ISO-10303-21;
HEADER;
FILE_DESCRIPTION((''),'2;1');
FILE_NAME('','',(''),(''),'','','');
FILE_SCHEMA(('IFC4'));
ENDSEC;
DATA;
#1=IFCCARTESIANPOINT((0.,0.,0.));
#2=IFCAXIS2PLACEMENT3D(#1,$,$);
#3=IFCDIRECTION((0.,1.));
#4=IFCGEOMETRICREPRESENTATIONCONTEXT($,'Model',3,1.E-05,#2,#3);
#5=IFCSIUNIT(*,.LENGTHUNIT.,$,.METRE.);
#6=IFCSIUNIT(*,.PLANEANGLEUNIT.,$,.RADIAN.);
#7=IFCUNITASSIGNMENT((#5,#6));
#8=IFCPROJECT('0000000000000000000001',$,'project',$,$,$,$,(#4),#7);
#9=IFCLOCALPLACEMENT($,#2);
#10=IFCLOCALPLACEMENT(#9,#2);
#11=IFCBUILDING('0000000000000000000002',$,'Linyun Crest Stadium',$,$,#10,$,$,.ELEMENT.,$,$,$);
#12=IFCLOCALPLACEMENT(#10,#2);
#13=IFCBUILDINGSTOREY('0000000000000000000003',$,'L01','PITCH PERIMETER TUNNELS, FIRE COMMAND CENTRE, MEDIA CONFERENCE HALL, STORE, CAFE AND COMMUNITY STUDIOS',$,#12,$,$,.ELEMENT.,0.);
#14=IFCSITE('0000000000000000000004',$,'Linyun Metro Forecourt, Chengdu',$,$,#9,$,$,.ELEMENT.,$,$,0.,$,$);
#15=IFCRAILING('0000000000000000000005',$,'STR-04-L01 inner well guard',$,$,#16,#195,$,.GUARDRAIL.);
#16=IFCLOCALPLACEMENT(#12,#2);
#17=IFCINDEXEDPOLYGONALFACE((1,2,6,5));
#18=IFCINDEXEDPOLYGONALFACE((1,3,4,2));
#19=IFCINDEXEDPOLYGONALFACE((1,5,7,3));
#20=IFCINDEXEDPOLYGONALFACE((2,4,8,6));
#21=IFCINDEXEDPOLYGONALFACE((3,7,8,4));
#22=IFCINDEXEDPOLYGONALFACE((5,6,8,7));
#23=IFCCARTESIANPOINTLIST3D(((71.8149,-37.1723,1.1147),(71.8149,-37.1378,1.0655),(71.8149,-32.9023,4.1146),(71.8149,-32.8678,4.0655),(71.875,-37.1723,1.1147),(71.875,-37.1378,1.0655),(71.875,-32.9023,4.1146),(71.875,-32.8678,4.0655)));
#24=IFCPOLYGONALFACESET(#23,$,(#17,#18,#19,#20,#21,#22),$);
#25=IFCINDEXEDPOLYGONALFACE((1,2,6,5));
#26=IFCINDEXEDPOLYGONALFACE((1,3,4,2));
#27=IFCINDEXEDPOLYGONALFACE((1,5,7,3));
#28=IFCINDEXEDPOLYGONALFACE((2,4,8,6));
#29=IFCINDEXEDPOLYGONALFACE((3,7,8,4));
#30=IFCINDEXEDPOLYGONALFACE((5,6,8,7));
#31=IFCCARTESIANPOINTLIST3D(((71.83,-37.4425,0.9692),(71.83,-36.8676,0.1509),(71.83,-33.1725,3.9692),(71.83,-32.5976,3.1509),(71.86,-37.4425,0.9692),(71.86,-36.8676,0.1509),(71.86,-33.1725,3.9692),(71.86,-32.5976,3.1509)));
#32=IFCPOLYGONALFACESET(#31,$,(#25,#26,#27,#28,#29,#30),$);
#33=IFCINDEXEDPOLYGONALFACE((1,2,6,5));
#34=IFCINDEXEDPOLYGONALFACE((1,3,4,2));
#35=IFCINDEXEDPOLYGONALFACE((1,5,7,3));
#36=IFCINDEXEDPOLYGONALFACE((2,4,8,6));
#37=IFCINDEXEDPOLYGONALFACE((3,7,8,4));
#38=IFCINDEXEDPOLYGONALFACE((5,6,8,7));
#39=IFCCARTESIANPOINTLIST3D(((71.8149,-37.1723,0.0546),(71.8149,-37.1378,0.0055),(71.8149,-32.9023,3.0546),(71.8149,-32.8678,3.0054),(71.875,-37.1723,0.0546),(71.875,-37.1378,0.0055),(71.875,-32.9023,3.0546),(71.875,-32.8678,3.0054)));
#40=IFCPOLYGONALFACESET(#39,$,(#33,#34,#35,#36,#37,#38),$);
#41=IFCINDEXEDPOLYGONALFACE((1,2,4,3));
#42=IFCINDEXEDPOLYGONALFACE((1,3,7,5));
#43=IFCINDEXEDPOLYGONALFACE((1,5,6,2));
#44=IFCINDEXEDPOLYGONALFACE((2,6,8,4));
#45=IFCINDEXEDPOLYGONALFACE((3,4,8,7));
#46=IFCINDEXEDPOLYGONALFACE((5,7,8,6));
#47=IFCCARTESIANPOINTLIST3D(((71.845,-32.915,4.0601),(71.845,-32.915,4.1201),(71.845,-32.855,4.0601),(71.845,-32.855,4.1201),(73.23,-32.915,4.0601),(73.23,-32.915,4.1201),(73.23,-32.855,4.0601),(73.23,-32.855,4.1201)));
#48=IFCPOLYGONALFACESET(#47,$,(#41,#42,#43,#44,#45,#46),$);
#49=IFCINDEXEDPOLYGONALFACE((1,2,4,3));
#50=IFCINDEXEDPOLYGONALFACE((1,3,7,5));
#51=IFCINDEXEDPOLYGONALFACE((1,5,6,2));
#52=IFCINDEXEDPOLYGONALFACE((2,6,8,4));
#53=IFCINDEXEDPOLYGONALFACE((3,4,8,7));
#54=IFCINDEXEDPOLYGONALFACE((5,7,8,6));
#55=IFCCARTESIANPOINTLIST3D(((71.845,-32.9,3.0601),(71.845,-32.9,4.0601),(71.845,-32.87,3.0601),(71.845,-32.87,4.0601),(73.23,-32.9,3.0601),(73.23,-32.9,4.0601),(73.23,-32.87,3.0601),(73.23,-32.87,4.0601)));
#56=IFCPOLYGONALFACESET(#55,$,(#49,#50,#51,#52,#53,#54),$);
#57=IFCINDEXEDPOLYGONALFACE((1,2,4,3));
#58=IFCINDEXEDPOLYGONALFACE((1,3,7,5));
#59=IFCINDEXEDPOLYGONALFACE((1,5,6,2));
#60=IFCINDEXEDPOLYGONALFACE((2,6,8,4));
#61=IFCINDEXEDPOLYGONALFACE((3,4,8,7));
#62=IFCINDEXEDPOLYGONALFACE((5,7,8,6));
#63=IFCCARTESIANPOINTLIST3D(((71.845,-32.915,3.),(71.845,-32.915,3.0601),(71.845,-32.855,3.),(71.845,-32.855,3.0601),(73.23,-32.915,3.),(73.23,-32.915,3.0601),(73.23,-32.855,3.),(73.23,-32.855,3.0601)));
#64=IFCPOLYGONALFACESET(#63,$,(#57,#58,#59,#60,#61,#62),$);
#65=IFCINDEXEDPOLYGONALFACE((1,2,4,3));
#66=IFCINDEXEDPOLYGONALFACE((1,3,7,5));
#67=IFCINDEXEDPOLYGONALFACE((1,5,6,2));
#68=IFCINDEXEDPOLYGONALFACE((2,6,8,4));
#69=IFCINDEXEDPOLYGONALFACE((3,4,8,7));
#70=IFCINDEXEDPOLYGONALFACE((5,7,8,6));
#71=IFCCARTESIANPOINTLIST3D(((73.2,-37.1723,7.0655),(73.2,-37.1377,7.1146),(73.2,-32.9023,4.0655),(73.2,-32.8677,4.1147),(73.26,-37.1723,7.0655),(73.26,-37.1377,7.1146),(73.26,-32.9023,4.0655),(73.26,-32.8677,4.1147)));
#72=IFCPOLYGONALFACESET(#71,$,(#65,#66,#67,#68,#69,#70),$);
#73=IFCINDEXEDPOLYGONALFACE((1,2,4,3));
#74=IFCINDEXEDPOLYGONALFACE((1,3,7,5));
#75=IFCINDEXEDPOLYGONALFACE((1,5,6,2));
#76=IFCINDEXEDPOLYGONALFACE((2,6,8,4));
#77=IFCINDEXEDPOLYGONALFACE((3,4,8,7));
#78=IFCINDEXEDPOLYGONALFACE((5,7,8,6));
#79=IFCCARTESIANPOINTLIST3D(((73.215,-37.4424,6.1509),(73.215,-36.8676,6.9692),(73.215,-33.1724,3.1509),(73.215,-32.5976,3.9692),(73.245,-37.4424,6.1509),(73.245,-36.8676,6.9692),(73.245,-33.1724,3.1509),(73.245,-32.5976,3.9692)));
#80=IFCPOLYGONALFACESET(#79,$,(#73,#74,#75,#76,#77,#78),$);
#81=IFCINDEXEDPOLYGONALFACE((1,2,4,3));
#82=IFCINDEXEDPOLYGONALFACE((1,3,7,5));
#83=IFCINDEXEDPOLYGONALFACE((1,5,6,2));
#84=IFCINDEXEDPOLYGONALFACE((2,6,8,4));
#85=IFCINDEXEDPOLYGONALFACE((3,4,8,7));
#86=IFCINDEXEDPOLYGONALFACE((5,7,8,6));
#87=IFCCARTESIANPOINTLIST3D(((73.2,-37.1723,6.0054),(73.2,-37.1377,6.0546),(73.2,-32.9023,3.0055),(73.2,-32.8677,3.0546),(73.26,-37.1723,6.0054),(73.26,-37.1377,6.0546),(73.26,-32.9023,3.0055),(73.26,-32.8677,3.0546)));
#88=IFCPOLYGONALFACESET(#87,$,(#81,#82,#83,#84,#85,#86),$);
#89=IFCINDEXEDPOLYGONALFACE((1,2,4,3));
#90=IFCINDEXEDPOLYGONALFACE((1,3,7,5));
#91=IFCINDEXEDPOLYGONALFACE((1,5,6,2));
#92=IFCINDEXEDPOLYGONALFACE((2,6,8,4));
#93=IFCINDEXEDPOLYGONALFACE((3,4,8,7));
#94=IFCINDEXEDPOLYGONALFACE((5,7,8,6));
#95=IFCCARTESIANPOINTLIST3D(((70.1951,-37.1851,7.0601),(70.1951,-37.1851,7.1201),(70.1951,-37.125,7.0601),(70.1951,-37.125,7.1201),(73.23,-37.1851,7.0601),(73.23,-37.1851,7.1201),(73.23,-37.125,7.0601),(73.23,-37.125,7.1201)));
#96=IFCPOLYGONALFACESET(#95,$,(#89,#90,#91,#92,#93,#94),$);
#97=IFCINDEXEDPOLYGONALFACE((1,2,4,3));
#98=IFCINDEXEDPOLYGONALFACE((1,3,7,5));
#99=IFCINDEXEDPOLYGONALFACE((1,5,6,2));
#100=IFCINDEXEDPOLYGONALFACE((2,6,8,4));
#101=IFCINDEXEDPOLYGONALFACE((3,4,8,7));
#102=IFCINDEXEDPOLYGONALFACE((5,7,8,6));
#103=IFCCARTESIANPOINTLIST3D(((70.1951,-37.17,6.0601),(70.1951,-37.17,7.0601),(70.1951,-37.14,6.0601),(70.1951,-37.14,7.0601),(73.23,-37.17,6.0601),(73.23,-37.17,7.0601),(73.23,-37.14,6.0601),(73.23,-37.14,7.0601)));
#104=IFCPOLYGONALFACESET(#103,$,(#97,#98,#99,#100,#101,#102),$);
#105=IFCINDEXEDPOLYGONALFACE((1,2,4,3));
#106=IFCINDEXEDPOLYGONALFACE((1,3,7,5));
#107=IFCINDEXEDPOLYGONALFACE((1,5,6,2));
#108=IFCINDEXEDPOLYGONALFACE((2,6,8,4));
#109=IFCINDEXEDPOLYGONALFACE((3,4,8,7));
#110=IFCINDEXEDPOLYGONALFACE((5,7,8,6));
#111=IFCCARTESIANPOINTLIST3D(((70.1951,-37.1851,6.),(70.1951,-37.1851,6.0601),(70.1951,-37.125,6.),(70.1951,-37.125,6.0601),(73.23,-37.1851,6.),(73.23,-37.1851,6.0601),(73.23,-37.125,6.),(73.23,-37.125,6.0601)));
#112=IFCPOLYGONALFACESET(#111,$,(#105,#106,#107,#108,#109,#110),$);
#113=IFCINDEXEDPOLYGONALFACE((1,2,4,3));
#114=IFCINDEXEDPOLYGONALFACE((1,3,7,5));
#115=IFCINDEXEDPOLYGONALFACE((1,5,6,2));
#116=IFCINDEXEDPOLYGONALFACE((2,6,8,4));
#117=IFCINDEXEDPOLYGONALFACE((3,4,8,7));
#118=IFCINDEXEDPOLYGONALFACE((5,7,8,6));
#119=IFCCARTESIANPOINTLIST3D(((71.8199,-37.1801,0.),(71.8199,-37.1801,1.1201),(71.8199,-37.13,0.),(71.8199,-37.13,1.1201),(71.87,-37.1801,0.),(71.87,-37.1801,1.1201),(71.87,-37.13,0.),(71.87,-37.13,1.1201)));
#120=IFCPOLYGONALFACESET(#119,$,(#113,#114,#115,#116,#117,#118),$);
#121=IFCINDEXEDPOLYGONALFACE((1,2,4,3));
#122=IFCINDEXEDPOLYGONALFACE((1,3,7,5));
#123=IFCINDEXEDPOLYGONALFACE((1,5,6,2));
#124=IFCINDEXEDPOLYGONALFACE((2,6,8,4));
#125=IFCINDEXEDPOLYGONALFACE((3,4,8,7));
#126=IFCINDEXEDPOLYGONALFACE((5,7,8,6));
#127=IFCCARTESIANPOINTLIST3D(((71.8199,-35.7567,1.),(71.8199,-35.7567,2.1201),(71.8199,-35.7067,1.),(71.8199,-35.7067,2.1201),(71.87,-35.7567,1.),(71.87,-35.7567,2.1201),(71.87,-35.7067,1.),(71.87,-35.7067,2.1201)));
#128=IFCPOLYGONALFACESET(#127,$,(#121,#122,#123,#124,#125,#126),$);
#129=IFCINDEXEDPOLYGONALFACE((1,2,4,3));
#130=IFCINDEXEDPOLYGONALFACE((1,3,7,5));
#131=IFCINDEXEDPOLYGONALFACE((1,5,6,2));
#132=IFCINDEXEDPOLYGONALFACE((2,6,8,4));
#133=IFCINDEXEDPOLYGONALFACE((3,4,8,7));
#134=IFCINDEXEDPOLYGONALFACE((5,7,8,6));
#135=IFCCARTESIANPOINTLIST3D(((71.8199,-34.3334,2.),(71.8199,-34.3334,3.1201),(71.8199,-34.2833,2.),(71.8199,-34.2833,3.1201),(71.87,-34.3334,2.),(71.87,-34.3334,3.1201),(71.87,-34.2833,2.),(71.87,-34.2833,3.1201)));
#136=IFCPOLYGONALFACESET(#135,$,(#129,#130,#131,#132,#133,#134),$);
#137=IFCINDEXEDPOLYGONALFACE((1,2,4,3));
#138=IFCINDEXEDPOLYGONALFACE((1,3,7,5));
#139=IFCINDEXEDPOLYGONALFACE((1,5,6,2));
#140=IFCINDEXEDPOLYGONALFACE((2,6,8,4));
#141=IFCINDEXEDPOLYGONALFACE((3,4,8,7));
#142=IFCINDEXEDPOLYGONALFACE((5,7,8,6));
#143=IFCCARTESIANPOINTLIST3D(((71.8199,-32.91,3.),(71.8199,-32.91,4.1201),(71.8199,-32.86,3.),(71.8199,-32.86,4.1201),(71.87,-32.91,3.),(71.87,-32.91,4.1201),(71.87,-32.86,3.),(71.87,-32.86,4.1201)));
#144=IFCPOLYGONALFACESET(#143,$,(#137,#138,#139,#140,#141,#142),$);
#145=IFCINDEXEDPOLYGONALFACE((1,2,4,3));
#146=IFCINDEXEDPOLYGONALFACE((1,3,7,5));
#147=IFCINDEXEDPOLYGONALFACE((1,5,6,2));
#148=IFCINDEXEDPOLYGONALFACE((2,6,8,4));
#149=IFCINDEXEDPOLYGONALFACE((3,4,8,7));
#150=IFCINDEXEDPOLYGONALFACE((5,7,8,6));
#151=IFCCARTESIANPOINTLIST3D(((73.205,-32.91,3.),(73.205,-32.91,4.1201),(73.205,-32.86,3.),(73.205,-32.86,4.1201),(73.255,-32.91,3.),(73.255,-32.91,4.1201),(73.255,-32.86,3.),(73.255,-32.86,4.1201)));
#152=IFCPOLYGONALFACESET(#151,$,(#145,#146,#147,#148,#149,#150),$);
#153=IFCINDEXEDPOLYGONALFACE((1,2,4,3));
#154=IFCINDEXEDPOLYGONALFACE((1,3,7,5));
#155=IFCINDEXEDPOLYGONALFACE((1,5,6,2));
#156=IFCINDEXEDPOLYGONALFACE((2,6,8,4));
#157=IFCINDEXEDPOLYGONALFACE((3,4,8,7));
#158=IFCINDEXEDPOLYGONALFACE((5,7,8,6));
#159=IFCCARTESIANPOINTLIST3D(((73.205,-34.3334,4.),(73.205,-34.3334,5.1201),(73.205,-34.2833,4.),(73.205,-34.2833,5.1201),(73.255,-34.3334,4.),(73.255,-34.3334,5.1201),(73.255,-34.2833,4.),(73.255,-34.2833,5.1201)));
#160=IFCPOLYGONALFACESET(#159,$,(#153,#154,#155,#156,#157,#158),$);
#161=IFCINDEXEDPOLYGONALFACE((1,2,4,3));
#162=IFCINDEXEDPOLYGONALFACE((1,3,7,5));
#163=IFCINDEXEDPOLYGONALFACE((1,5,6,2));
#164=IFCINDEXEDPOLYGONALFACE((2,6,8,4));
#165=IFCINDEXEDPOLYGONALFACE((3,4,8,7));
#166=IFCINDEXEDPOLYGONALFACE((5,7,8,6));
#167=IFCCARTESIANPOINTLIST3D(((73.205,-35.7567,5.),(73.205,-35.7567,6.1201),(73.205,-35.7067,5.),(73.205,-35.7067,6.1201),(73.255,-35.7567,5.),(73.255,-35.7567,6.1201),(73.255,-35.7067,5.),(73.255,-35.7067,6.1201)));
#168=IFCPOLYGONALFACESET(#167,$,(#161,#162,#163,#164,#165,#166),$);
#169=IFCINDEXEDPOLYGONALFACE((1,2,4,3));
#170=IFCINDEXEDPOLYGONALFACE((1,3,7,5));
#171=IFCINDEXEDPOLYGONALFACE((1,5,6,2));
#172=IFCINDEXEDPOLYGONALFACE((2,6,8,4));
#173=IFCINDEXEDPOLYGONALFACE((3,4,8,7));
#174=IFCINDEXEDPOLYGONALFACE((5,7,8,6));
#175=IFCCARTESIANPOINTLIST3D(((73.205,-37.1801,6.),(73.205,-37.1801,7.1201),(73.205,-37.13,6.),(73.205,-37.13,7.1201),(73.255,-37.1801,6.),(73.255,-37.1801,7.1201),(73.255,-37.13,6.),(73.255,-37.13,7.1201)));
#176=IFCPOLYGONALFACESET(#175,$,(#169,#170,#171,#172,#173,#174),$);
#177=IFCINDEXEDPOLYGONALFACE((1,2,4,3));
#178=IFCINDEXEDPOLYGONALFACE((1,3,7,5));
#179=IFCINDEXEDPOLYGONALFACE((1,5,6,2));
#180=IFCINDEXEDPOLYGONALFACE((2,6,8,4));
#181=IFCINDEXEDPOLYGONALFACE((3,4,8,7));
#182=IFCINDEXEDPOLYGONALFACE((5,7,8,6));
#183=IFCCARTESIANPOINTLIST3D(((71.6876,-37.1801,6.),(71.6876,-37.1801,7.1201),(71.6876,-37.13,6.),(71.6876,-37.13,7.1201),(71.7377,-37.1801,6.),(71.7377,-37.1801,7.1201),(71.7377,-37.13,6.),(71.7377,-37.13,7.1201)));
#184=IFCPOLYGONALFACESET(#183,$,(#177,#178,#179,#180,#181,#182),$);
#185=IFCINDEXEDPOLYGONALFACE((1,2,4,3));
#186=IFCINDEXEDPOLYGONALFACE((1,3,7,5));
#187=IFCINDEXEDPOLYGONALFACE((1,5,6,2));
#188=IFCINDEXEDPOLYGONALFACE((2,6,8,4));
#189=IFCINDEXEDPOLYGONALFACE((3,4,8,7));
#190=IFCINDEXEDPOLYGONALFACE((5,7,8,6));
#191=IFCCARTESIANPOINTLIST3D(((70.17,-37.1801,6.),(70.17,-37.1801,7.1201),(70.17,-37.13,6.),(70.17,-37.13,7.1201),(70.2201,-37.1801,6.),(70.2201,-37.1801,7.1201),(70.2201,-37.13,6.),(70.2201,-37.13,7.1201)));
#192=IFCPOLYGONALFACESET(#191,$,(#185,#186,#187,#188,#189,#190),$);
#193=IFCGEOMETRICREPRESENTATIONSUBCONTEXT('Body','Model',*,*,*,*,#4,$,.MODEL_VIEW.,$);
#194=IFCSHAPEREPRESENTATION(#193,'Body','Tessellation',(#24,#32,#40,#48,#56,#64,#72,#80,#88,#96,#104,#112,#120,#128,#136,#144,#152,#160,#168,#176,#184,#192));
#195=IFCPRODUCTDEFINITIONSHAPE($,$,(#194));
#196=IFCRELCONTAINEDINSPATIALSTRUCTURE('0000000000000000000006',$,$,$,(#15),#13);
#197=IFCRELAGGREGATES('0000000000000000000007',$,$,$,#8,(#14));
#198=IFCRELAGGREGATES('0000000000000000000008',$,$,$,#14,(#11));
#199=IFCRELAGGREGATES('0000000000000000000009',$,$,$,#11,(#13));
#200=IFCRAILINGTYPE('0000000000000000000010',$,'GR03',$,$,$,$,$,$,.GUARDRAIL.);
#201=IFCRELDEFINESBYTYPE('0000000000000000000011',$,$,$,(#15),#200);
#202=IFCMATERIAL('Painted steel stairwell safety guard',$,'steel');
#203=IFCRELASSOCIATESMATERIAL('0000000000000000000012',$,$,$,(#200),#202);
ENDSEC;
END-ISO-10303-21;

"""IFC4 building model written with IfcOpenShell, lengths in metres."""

from ifc_helpers import new_model, si_unit, direction, frame, origin, origin_2d, place, context, subcontext, project, spatial, rectangle, extrude, material, type_object, element, save


model = new_model("IFC4")

# Units and contexts
model_context = context("Model", 3, precision=1e-05, world=origin(), true_north=direction((0.0, 1.0)))
body_context = subcontext(model_context, "Body", "Model", "MODEL_VIEW")
ifc_project = project(units=[si_unit("LENGTHUNIT", "METRE"), si_unit("PLANEANGLEUNIT", "RADIAN")], contexts=[model_context])

# Site, building, storey
site_placement = place(None, origin())
site = spatial("IfcSite", under=ifc_project, at=site_placement, Name="Linyun Metro Forecourt, Chengdu", CompositionType="ELEMENT", RefElevation=0.0)
building_placement = place(site_placement, origin())
building = spatial("IfcBuilding", under=site, at=building_placement, Name="Linyun Crest Stadium", CompositionType="ELEMENT")
storey_placement = place(building_placement, origin())
storey = spatial("IfcBuildingStorey", under=building, at=storey_placement, Name="L01", Description="PITCH PERIMETER TUNNELS, FIRE COMMAND CENTRE, MEDIA CONFERENCE HALL, STORE, CAFE AND COMMUNITY STUDIOS", CompositionType="ELEMENT", Elevation=0.0)

# Railing
ifc_material_1 = material(Name="Painted steel stairwell safety guard", Category="steel")
railing_type_1 = type_object("IfcRailingType", Name="GR03", PredefinedType="GUARDRAIL", material=ifc_material_1)
railing_1_placement = place(storey_placement, frame((71.845, -37.155, 0.0)))
element("IfcRailing", 1, at=railing_1_placement, inside=storey, type_object=railing_type_1, Name="STR-04-L01 inner well guard", PredefinedType="GUARDRAIL", context=body_context, shape_type="SweptSolid", body=[
    extrude(rectangle(XDim=0.0601, YDim=0.0601, at=origin_2d()), frame((0.0, 0.0, 1.0901), z_axis=(0.0, 0.818242, 0.574874), x_axis=(-1.0, 0.0, 0.0)), (0.0, 0.0, 1.0), 5.2185),
    extrude(rectangle(XDim=0.03, YDim=1.0, at=origin_2d()), frame((0.0, 0.0, 0.5601), z_axis=(0.0, 0.818242, 0.574874), x_axis=(-1.0, 0.0, 0.0)), (0.0, 0.0, 1.0), 5.2185),
    extrude(rectangle(XDim=0.0601, YDim=0.0601, at=origin_2d()), frame((0.0, 0.0, 0.03), z_axis=(0.0, 0.818242, 0.574874), x_axis=(-1.0, 0.0, 0.0)), (0.0, 0.0, 1.0), 5.2185),
    extrude(rectangle(XDim=0.0601, YDim=0.0601, at=origin_2d()), frame((0.0, 4.27, 4.0901), z_axis=(1.0, 0.0, 0.0), x_axis=(0.0, 1.0, 0.0)), (0.0, 0.0, 1.0), 1.385),
    extrude(rectangle(XDim=0.03, YDim=1.0, at=origin_2d()), frame((0.0, 4.27, 3.5601), z_axis=(1.0, 0.0, 0.0), x_axis=(0.0, 1.0, 0.0)), (0.0, 0.0, 1.0), 1.385),
    extrude(rectangle(XDim=0.0601, YDim=0.0601, at=origin_2d()), frame((0.0, 4.27, 3.03), z_axis=(1.0, 0.0, 0.0), x_axis=(0.0, 1.0, 0.0)), (0.0, 0.0, 1.0), 1.385),
    extrude(rectangle(XDim=0.0601, YDim=0.0601, at=origin_2d()), frame((1.385, 4.27, 4.0901), z_axis=(0.0, -0.818242, 0.574874), x_axis=(1.0, 0.0, 0.0)), (0.0, 0.0, 1.0), 5.2185),
    extrude(rectangle(XDim=0.03, YDim=1.0, at=origin_2d()), frame((1.385, 4.27, 3.5601), z_axis=(0.0, -0.818242, 0.574874), x_axis=(1.0, 0.0, 0.0)), (0.0, 0.0, 1.0), 5.2185),
    extrude(rectangle(XDim=0.0601, YDim=0.0601, at=origin_2d()), frame((1.385, 4.27, 3.03), z_axis=(0.0, -0.818242, 0.574874), x_axis=(1.0, 0.0, 0.0)), (0.0, 0.0, 1.0), 5.2185),
    extrude(rectangle(XDim=0.0601, YDim=0.0601, at=origin_2d()), frame((1.385, 0.0, 7.0901), z_axis=(-1.0, 0.0, 0.0), x_axis=(0.0, -1.0, 0.0)), (0.0, 0.0, 1.0), 3.0349),
    extrude(rectangle(XDim=0.03, YDim=1.0, at=origin_2d()), frame((1.385, 0.0, 6.5601), z_axis=(-1.0, 0.0, 0.0), x_axis=(0.0, -1.0, 0.0)), (0.0, 0.0, 1.0), 3.0349),
    extrude(rectangle(XDim=0.0601, YDim=0.0601, at=origin_2d()), frame((1.385, 0.0, 6.03), z_axis=(-1.0, 0.0, 0.0), x_axis=(0.0, -1.0, 0.0)), (0.0, 0.0, 1.0), 3.0349),
    extrude(rectangle(XDim=0.05, YDim=0.05, at=origin_2d()), origin(), (0.0, 0.0, 1.0), 1.1201),
    extrude(rectangle(XDim=0.05, YDim=0.05, at=origin_2d()), frame((0.0, 1.4233, 1.0)), (0.0, 0.0, 1.0), 1.1201),
    extrude(rectangle(XDim=0.05, YDim=0.05, at=origin_2d()), frame((0.0, 2.8467, 2.0)), (0.0, 0.0, 1.0), 1.1201),
    extrude(rectangle(XDim=0.05, YDim=0.05, at=origin_2d()), frame((0.0, 4.27, 3.0)), (0.0, 0.0, 1.0), 1.1201),
    extrude(rectangle(XDim=0.05, YDim=0.05, at=origin_2d()), frame((1.385, 4.27, 3.0)), (0.0, 0.0, 1.0), 1.1201),
    extrude(rectangle(XDim=0.05, YDim=0.05, at=origin_2d()), frame((1.385, 2.8467, 4.0)), (0.0, 0.0, 1.0), 1.1201),
    extrude(rectangle(XDim=0.05, YDim=0.05, at=origin_2d()), frame((1.385, 1.4233, 5.0)), (0.0, 0.0, 1.0), 1.1201),
    extrude(rectangle(XDim=0.05, YDim=0.05, at=origin_2d()), frame((1.385, 0.0, 6.0)), (0.0, 0.0, 1.0), 1.1201),
    extrude(rectangle(XDim=0.05, YDim=0.05, at=origin_2d()), frame((-0.1323, 0.0, 6.0)), (0.0, 0.0, 1.0), 1.1201),
    extrude(rectangle(XDim=0.05, YDim=0.05, at=origin_2d()), frame((-1.6499, 0.0, 6.0)), (0.0, 0.0, 1.0), 1.1201),
])

save(model, "model.ifc")
